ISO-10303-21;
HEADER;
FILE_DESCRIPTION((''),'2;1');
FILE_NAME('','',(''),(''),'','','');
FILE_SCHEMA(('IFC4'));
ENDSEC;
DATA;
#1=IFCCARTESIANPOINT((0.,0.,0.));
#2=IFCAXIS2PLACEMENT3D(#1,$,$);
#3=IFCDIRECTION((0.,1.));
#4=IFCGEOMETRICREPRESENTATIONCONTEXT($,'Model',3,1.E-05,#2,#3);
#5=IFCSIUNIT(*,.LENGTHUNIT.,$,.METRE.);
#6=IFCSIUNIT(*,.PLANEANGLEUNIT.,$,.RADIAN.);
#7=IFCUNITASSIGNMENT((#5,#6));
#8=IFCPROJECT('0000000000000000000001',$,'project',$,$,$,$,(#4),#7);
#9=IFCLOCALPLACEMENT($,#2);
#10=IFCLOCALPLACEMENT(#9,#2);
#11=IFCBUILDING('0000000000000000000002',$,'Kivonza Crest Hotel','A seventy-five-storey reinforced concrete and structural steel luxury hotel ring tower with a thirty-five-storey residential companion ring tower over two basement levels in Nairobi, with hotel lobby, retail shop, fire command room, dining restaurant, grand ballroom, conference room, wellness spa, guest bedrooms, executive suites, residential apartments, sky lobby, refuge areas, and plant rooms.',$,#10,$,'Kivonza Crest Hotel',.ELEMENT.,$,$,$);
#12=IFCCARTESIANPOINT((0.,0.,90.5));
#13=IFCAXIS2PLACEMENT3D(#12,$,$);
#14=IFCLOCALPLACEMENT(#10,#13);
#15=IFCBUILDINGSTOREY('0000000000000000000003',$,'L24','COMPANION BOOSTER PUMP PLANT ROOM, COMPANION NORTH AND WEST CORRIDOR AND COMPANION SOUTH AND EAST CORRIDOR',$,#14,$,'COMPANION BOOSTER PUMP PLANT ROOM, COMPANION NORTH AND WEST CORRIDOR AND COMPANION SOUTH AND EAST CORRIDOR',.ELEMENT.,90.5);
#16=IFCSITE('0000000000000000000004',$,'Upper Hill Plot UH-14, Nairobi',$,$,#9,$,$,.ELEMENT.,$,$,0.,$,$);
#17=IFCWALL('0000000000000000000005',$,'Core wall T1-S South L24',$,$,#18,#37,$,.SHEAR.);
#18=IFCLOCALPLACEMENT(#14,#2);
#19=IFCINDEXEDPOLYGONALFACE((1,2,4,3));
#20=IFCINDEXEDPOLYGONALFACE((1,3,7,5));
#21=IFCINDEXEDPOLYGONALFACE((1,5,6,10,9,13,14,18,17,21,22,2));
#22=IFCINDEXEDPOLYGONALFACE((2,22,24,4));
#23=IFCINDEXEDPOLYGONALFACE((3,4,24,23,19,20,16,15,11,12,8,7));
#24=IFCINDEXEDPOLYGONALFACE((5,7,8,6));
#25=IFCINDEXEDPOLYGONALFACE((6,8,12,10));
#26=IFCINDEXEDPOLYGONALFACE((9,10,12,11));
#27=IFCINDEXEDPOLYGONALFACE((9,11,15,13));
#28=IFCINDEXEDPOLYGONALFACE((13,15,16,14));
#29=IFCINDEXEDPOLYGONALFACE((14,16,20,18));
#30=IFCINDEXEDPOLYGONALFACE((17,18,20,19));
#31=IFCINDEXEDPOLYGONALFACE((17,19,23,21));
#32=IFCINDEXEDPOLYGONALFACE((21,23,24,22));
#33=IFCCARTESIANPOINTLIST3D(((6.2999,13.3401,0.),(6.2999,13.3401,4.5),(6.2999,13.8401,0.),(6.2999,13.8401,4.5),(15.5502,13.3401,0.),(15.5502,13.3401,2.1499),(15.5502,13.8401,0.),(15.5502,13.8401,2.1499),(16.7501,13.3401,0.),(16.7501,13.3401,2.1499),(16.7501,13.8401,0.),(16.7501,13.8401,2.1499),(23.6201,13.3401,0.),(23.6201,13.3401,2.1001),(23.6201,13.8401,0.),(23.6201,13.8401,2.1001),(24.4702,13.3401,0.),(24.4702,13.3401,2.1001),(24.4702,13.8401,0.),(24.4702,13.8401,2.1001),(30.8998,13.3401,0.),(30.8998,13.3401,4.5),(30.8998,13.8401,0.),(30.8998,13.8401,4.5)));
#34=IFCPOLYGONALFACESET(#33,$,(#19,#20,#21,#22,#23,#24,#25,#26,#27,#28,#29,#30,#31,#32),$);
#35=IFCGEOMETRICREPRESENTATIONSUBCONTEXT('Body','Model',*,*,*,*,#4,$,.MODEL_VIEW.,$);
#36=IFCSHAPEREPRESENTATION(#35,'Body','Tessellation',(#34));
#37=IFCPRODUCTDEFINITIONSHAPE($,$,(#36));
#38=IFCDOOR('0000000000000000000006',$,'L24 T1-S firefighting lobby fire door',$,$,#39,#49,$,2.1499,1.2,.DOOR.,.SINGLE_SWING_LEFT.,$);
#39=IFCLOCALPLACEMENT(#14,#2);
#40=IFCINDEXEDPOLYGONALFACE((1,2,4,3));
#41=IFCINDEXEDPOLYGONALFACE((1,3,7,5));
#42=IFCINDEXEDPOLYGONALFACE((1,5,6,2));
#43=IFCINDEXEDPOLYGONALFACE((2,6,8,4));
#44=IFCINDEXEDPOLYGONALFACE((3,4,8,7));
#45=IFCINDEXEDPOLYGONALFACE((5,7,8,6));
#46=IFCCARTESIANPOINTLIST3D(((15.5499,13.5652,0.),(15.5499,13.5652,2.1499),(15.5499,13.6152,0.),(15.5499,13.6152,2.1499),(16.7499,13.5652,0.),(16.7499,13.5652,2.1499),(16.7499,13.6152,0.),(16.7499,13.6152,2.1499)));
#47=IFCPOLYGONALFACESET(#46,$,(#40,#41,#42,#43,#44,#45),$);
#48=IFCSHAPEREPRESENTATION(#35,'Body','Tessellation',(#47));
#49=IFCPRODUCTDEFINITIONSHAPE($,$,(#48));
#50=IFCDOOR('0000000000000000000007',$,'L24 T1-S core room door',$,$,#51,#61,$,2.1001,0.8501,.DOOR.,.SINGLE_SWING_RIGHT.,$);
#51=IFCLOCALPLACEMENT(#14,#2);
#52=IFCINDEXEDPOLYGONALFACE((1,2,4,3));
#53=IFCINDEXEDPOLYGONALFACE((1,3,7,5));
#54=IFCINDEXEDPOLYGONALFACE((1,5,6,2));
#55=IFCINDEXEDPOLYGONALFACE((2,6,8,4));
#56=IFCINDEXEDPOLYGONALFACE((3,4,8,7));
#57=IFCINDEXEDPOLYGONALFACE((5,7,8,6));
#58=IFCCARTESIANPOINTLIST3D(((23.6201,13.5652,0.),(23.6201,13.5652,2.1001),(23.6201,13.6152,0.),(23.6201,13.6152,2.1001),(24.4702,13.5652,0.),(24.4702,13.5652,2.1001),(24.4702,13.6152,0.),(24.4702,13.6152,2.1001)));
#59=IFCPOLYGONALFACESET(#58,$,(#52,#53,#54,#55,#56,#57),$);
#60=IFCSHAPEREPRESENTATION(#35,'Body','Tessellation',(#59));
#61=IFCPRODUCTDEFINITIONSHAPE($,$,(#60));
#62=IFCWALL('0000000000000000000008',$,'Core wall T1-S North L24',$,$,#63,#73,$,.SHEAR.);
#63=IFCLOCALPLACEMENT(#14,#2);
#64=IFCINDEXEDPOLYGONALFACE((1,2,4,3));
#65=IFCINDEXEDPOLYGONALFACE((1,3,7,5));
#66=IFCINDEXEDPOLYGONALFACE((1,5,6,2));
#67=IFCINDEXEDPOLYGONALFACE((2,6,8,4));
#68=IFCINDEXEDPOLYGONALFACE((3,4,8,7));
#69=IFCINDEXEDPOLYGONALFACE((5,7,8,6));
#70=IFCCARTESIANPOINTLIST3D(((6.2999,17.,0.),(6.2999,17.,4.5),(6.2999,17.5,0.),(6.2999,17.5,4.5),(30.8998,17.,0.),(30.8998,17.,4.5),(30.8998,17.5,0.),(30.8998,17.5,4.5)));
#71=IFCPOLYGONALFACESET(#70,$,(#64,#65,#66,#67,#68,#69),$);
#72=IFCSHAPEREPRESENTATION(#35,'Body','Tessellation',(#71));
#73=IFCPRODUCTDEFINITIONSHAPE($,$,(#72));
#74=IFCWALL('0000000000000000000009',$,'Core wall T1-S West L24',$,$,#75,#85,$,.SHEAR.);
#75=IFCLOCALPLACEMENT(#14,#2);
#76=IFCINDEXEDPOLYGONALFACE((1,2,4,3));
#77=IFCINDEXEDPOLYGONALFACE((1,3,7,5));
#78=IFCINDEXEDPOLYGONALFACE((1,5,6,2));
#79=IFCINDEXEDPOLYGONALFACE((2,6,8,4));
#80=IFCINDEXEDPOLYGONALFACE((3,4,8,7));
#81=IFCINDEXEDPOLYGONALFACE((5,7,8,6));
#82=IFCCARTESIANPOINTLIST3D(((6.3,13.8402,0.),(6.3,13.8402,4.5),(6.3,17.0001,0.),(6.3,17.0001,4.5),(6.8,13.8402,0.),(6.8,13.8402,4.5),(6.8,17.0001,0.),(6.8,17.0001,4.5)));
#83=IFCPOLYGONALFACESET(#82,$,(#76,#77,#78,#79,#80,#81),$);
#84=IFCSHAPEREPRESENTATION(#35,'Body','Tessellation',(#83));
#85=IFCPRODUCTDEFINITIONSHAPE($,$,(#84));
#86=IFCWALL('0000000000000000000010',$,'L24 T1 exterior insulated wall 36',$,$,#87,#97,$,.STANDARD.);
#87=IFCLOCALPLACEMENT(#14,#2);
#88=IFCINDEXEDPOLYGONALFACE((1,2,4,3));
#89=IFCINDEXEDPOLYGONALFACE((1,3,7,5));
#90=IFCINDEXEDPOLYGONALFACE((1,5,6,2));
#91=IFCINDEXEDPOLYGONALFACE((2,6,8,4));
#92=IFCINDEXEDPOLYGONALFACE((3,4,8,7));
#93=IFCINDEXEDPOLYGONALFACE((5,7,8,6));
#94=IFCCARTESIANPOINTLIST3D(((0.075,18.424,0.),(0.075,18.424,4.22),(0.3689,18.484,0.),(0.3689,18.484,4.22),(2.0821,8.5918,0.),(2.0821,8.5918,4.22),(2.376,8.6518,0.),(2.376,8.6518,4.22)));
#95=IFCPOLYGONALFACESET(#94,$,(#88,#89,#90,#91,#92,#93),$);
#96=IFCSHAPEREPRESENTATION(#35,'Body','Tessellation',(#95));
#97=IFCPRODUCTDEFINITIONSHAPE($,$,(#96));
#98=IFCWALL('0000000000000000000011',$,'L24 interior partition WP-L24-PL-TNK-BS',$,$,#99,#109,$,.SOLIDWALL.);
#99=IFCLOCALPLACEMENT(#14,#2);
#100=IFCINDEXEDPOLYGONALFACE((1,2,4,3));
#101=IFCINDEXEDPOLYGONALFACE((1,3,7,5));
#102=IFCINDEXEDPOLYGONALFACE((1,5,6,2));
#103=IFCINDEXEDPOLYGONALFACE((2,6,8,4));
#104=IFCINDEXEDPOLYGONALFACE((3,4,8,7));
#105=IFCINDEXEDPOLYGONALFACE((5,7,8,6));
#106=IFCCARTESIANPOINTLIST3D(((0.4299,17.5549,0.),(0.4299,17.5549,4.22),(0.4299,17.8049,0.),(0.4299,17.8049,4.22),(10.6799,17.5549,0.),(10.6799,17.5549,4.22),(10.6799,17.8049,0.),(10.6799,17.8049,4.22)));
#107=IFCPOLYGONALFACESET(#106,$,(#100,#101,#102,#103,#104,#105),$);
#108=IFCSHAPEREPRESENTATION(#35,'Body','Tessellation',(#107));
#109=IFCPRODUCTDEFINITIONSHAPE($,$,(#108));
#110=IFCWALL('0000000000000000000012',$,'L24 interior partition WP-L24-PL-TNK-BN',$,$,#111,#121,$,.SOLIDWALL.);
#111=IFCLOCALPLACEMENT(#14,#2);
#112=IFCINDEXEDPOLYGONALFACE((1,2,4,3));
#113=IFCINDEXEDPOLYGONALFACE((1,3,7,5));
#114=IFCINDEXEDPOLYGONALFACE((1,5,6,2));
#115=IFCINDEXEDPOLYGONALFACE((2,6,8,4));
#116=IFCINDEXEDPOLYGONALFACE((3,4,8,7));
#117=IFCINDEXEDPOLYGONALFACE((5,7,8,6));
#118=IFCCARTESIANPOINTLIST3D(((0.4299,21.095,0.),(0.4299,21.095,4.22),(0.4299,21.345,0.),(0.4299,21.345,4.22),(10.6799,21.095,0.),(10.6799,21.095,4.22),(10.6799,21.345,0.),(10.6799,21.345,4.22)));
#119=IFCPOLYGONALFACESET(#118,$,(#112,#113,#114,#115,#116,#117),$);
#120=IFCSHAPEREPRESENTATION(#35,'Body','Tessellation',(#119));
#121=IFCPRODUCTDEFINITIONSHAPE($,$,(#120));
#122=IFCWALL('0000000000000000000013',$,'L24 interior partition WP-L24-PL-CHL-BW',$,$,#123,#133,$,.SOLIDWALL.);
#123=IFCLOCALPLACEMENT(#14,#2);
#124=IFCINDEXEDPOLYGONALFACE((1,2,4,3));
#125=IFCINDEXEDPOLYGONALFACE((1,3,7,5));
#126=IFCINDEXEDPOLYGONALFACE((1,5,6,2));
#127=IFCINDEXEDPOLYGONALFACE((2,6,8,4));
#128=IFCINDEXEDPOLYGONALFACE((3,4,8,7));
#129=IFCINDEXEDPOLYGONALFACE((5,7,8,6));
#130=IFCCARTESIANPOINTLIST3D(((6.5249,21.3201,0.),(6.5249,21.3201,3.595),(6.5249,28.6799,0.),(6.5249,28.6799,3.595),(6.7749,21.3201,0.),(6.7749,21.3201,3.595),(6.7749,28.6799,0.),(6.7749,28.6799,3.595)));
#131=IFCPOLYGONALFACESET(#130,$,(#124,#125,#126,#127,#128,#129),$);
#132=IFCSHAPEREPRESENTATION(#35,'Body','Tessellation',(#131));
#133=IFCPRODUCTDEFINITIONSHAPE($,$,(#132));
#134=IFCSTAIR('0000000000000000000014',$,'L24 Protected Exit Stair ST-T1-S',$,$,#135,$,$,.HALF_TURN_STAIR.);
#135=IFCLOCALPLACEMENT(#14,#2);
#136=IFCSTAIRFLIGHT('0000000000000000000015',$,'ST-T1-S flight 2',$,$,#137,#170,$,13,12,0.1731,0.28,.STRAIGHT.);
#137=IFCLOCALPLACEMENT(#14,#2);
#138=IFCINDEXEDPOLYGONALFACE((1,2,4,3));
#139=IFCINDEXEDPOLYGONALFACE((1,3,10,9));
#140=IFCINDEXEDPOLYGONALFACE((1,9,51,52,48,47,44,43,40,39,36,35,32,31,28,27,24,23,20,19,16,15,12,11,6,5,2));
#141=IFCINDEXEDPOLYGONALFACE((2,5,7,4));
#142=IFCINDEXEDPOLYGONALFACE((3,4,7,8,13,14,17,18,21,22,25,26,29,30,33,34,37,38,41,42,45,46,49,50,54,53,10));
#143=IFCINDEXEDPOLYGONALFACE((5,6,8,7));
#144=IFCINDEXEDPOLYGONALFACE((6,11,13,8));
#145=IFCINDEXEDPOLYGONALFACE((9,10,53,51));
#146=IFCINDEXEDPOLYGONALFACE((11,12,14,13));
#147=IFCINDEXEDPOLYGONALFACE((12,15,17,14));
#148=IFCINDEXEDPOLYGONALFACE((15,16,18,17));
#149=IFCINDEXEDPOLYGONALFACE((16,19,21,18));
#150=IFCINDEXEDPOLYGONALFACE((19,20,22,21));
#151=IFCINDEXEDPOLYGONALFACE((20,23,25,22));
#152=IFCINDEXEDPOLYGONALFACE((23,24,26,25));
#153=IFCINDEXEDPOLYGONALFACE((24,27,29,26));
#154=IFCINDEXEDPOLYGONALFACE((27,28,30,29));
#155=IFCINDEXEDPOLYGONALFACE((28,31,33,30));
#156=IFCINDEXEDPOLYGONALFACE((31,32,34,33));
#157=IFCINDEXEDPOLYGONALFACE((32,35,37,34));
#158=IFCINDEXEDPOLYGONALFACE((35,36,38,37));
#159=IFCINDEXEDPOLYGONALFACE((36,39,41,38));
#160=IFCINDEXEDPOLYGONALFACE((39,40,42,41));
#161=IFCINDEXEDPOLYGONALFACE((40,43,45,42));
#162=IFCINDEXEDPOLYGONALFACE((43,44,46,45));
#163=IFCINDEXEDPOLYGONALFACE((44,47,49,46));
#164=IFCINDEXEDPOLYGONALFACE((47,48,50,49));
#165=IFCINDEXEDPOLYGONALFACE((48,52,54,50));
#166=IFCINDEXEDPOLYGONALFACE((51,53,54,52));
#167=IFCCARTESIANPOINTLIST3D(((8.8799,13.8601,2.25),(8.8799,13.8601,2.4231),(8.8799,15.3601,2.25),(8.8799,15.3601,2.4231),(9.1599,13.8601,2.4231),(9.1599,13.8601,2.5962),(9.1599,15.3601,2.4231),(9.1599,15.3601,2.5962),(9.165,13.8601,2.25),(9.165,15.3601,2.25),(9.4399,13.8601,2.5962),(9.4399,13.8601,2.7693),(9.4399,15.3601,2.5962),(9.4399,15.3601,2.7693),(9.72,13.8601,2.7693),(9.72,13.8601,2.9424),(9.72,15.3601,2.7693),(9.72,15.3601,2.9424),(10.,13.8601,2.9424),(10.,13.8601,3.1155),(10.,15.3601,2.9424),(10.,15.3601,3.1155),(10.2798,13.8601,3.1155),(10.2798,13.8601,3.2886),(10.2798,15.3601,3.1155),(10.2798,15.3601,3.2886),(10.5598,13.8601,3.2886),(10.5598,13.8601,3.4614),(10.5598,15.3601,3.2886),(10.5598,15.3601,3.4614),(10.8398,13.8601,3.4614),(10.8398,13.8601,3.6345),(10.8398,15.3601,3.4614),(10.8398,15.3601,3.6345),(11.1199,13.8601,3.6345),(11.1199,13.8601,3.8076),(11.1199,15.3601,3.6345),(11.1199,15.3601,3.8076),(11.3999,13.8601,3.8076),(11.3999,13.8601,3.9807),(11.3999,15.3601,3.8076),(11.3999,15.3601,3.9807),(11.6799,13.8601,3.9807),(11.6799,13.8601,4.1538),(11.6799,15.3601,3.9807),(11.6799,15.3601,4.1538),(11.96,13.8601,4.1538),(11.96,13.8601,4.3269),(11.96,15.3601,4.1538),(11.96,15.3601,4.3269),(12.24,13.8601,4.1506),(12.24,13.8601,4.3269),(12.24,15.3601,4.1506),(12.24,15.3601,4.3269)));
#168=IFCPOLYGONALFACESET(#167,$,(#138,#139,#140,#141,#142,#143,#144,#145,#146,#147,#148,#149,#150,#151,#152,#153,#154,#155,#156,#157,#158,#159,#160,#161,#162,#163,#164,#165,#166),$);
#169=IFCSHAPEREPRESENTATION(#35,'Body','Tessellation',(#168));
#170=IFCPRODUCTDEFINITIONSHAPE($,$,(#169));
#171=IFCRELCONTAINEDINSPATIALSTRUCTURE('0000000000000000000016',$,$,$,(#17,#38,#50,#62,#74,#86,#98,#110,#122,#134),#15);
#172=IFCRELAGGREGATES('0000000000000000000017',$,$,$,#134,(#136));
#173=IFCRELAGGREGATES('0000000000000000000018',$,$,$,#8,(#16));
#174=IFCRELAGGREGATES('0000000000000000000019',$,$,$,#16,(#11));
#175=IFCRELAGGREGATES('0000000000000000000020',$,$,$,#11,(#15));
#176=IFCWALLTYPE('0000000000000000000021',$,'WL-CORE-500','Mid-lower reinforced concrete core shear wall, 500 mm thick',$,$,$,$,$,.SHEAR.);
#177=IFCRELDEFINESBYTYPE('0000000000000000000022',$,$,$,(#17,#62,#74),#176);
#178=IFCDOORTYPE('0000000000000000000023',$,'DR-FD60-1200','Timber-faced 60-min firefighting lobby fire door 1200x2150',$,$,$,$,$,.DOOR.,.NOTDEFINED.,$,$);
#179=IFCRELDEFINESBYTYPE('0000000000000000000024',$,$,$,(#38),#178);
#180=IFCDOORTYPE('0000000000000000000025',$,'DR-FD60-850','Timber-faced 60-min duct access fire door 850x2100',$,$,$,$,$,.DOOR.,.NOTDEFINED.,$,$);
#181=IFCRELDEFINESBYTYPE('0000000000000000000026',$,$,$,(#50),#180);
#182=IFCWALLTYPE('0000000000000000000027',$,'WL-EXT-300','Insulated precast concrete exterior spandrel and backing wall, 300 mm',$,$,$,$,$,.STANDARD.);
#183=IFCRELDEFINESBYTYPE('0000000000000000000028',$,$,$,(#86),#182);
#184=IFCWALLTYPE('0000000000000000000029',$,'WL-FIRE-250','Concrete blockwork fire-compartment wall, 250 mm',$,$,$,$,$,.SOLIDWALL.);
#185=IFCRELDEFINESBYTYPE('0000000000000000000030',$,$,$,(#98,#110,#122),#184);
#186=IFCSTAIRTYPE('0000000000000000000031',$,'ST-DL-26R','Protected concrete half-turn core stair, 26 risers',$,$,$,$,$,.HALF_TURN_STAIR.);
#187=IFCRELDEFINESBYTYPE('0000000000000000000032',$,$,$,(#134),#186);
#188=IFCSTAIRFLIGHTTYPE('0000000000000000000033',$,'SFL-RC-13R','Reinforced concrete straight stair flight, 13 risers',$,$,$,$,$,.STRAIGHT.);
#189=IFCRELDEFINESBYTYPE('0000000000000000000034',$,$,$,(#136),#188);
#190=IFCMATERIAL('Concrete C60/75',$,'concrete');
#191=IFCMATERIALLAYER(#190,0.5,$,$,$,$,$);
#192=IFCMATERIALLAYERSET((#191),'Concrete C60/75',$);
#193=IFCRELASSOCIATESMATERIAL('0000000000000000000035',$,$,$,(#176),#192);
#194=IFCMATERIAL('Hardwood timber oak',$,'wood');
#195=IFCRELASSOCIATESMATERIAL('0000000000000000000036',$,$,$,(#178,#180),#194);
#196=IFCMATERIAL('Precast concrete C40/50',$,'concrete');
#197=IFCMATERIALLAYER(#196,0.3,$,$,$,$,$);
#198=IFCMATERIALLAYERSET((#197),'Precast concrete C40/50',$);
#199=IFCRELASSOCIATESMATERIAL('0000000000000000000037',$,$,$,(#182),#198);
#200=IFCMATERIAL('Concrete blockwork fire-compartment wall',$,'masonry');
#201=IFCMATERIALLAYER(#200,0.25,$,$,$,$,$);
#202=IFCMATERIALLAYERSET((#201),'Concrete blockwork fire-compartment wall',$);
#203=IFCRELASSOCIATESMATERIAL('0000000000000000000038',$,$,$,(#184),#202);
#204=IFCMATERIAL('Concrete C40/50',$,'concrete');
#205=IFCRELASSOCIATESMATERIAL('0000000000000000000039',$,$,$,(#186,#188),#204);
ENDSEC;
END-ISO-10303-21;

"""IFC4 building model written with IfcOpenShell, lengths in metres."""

from ifc_helpers import new_model, si_unit, direction, frame, frame_2d, origin, place, context, subcontext, project, spatial, polyline, rectangle, outline, extrude, material, layer, layer_set, type_object, element, fill, aggregate, save


model = new_model("IFC4")

# Units and contexts
model_context = context("Model", 3, precision=1e-05, world=origin(), true_north=direction((0.0, 1.0)))
body_context = subcontext(model_context, "Body", "Model", "MODEL_VIEW")
ifc_project = project(units=[si_unit("LENGTHUNIT", "METRE"), si_unit("PLANEANGLEUNIT", "RADIAN")], contexts=[model_context])

# Site, building, storey
site_placement = place(None, origin())
site = spatial("IfcSite", under=ifc_project, at=site_placement, Name="Upper Hill Plot UH-14, Nairobi", CompositionType="ELEMENT", RefElevation=0.0)
building_placement = place(site_placement, origin())
building = spatial("IfcBuilding", under=site, at=building_placement, Name="Kivonza Crest Hotel", Description="A seventy-five-storey reinforced concrete and structural steel luxury hotel ring tower with a thirty-five-storey residential companion ring tower over two basement levels in Nairobi, with hotel lobby, retail shop, fire command room, dining restaurant, grand ballroom, conference room, wellness spa, guest bedrooms, executive suites, residential apartments, sky lobby, refuge areas, and plant rooms.", LongName="Kivonza Crest Hotel", CompositionType="ELEMENT")
storey_placement = place(building_placement, frame((0.0, 0.0, 90.5)))
storey = spatial("IfcBuildingStorey", under=building, at=storey_placement, Name="L24", Description="COMPANION BOOSTER PUMP PLANT ROOM, COMPANION NORTH AND WEST CORRIDOR AND COMPANION SOUTH AND EAST CORRIDOR", LongName="COMPANION BOOSTER PUMP PLANT ROOM, COMPANION NORTH AND WEST CORRIDOR AND COMPANION SOUTH AND EAST CORRIDOR", CompositionType="ELEMENT", Elevation=90.5)

# Wall, openings, doors
ifc_material_1 = material(Name="Concrete C60/75", Category="concrete")
ifc_layer_1 = layer(ifc_material_1, 0.5)
ifc_layer_set_1 = layer_set([ifc_layer_1], Name="Concrete C60/75")
wall_type_1 = type_object("IfcWallType", Name="WL-CORE-500", Description="Mid-lower reinforced concrete core shear wall, 500 mm thick", PredefinedType="SHEAR", material=ifc_layer_set_1)
wall_1_placement = place(storey_placement, frame((6.3, 13.5901, 0.0), z_axis=(0.0, 0.0, 1.0), x_axis=(1.0, 0.0, 0.0)))
wall_1 = element("IfcWall", 1, at=wall_1_placement, inside=storey, type_object=wall_type_1, Name="Core wall T1-S South L24", PredefinedType="SHEAR", context=body_context, shape_type="SweptSolid", body=[
    extrude(rectangle(XDim=24.5999, YDim=0.5, at=frame_2d((12.2998, 0.0))), origin(), (0.0, 0.0, 1.0), 4.5),
])
opening_1_placement = place(wall_1_placement, frame((9.25, 0.0, 0.0)))
opening_1 = element("IfcOpeningElement", 2, at=opening_1_placement, cuts=wall_1, PredefinedType="OPENING", context=body_context, shape_type="SweptSolid", body=[
    extrude(rectangle(XDim=1.2, YDim=2.1499, at=frame_2d((0.6001, 1.075))), frame((0.0, 0.26, 0.0), z_axis=(0.0, -1.0, 0.0), x_axis=(1.0, 0.0, 0.0)), (0.0, 0.0, 1.0), 0.52),
])
opening_2_placement = place(wall_1_placement, frame((17.3201, 0.0, 0.0)))
opening_2 = element("IfcOpeningElement", 3, at=opening_2_placement, cuts=wall_1, PredefinedType="OPENING", context=body_context, shape_type="SweptSolid", body=[
    extrude(rectangle(XDim=0.8501, YDim=2.1001, at=frame_2d((0.425, 1.05))), frame((0.0, 0.26, 0.0), z_axis=(0.0, -1.0, 0.0), x_axis=(1.0, 0.0, 0.0)), (0.0, 0.0, 1.0), 0.52),
])
ifc_material_2 = material(Name="Hardwood timber oak", Category="wood")
door_type_1 = type_object("IfcDoorType", Name="DR-FD60-1200", Description="Timber-faced 60-min firefighting lobby fire door 1200x2150", OperationType="NOTDEFINED", PredefinedType="DOOR", material=ifc_material_2)
door_1_placement = place(opening_1_placement, frame((1.2, 0.0, 0.0), z_axis=(0.0, 0.0, 1.0), x_axis=(-1.0, 0.0, 0.0)))
door_1 = element("IfcDoor", 4, at=door_1_placement, inside=storey, type_object=door_type_1, Name="L24 T1-S firefighting lobby fire door", OperationType="SINGLE_SWING_LEFT", OverallHeight=2.1499, OverallWidth=1.2, PredefinedType="DOOR", context=body_context, shape_type="SweptSolid", body=[
    extrude(rectangle(XDim=1.2, YDim=2.1499, at=frame_2d((0.6001, 1.075))), frame((0.0, 0.0249, 0.0), z_axis=(0.0, -1.0, 0.0), x_axis=(1.0, 0.0, 0.0)), (0.0, 0.0, 1.0), 0.05),
])
fill(opening_1, door_1)
door_type_2 = type_object("IfcDoorType", Name="DR-FD60-850", Description="Timber-faced 60-min duct access fire door 850x2100", OperationType="NOTDEFINED", PredefinedType="DOOR", material=ifc_material_2)
door_2_placement = place(opening_2_placement, frame((0.8501, 0.0, 0.0), z_axis=(0.0, 0.0, 1.0), x_axis=(-1.0, 0.0, 0.0)))
door_2 = element("IfcDoor", 5, at=door_2_placement, inside=storey, type_object=door_type_2, Name="L24 T1-S core room door", OperationType="SINGLE_SWING_RIGHT", OverallHeight=2.1001, OverallWidth=0.8501, PredefinedType="DOOR", context=body_context, shape_type="SweptSolid", body=[
    extrude(rectangle(XDim=0.8501, YDim=2.1001, at=frame_2d((0.425, 1.05))), frame((0.0, 0.0249, 0.0), z_axis=(0.0, -1.0, 0.0), x_axis=(1.0, 0.0, 0.0)), (0.0, 0.0, 1.0), 0.05),
])
fill(opening_2, door_2)

# Walls
wall_2_placement = place(storey_placement, frame((6.3, 17.25, 0.0), z_axis=(0.0, 0.0, 1.0), x_axis=(1.0, 0.0, 0.0)))
element("IfcWall", 6, at=wall_2_placement, inside=storey, type_object=wall_type_1, Name="Core wall T1-S North L24", PredefinedType="SHEAR", context=body_context, shape_type="SweptSolid", body=[
    extrude(rectangle(XDim=24.5999, YDim=0.5, at=frame_2d((12.2998, 0.0))), origin(), (0.0, 0.0, 1.0), 4.5),
])
wall_3_placement = place(storey_placement, frame((6.55, 13.8401, 0.0), z_axis=(0.0, 0.0, 1.0), x_axis=(0.0, 1.0, 0.0)))
element("IfcWall", 7, at=wall_3_placement, inside=storey, type_object=wall_type_1, Name="Core wall T1-S West L24", PredefinedType="SHEAR", context=body_context, shape_type="SweptSolid", body=[
    extrude(rectangle(XDim=3.1599, YDim=0.5, at=frame_2d((1.5801, 0.0))), origin(), (0.0, 0.0, 1.0), 4.5),
])
ifc_material_3 = material(Name="Precast concrete C40/50", Category="concrete")
ifc_layer_2 = layer(ifc_material_3, 0.3)
ifc_layer_set_2 = layer_set([ifc_layer_2], Name="Precast concrete C40/50")
wall_type_2 = type_object("IfcWallType", Name="WL-EXT-300", Description="Insulated precast concrete exterior spandrel and backing wall, 300 mm", PredefinedType="STANDARD", material=ifc_layer_set_2)
wall_4_placement = place(storey_placement, frame((0.2219, 18.4541, 0.0), z_axis=(0.0, 0.0, 1.0), x_axis=(0.200012, -0.979793, 0.0)))
element("IfcWall", 8, at=wall_4_placement, inside=storey, type_object=wall_type_2, Name="L24 T1 exterior insulated wall 36", PredefinedType="STANDARD", context=body_context, shape_type="SweptSolid", body=[
    extrude(rectangle(XDim=10.0349, YDim=0.3, at=frame_2d((5.0176, 0.0))), origin(), (0.0, 0.0, 1.0), 4.22),
])
ifc_material_4 = material(Name="Concrete blockwork fire-compartment wall", Category="masonry")
ifc_layer_3 = layer(ifc_material_4, 0.25)
ifc_layer_set_3 = layer_set([ifc_layer_3], Name="Concrete blockwork fire-compartment wall")
wall_type_3 = type_object("IfcWallType", Name="WL-FIRE-250", Description="Concrete blockwork fire-compartment wall, 250 mm", PredefinedType="SOLIDWALL", material=ifc_layer_set_3)
for number, where, z_axis, x_axis, name in (
    (9, (0.4299, 17.6799, 0.0), (0.0, 0.0, 1.0), (1.0, 0.0, 0.0), "L24 interior partition WP-L24-PL-TNK-BS"),
    (10, (0.4299, 21.22, 0.0), (0.0, 0.0, 1.0), (1.0, 0.0, 0.0), "L24 interior partition WP-L24-PL-TNK-BN"),
):
    element("IfcWall", number, at=place(storey_placement, frame(where, z_axis=z_axis, x_axis=x_axis)), inside=storey, type_object=wall_type_3, Name=name, PredefinedType="SOLIDWALL", context=body_context, shape_type="SweptSolid", body=[
        extrude(rectangle(XDim=10.25, YDim=0.25, at=frame_2d((5.125, 0.0))), origin(), (0.0, 0.0, 1.0), 4.22),
    ])
wall_5_placement = place(storey_placement, frame((6.6499, 21.3201, 0.0), z_axis=(0.0, 0.0, 1.0), x_axis=(0.0, 1.0, 0.0)))
element("IfcWall", 11, at=wall_5_placement, inside=storey, type_object=wall_type_3, Name="L24 interior partition WP-L24-PL-CHL-BW", PredefinedType="SOLIDWALL", context=body_context, shape_type="SweptSolid", body=[
    extrude(rectangle(XDim=7.3599, YDim=0.25, at=frame_2d((3.6799, 0.0))), origin(), (0.0, 0.0, 1.0), 3.595),
])

# Stair, stair flight
ifc_material_5 = material(Name="Concrete C40/50", Category="concrete")
stair_type = type_object("IfcStairType", Name="ST-DL-26R", Description="Protected concrete half-turn core stair, 26 risers", PredefinedType="HALF_TURN_STAIR", material=ifc_material_5)
stair_placement = place(storey_placement, origin())
stair = element("IfcStair", 12, at=stair_placement, inside=storey, type_object=stair_type, Name="L24 Protected Exit Stair ST-T1-S", PredefinedType="HALF_TURN_STAIR")
stair_flight_type = type_object("IfcStairFlightType", Name="SFL-RC-13R", Description="Reinforced concrete straight stair flight, 13 risers", PredefinedType="STRAIGHT", material=ifc_material_5)
stair_flight_placement = place(storey_placement, frame((8.8799, 14.6101, 2.25), z_axis=(0.0, 0.0, 1.0), x_axis=(1.0, 0.0, 0.0)))
stair_flight = element("IfcStairFlight", 13, at=stair_flight_placement, type_object=stair_flight_type, Name="ST-T1-S flight 2", NumberOfRisers=13, NumberOfTreads=12, PredefinedType="STRAIGHT", RiserHeight=0.1731, TreadLength=0.28, context=body_context, shape_type="SweptSolid", body=[
    extrude(outline(polyline([(0.0, 0.0), (0.0, 0.1731), (0.28, 0.1731), (0.28, 0.3462), (0.5601, 0.3462), (0.5601, 0.5193), (0.8401, 0.5193), (0.8401, 0.6924), (1.1201, 0.6924), (1.1201, 0.8655), (1.3999, 0.8655), (1.3999, 1.0386), (1.6799, 1.0386), (1.6799, 1.2114), (1.96, 1.2114), (1.96, 1.3845), (2.24, 1.3845), (2.24, 1.5576), (2.52, 1.5576), (2.52, 1.7307), (2.8, 1.7307), (2.8, 1.9038), (3.0801, 1.9038), (3.0801, 2.0769), (3.3601, 2.0769), (3.3601, 2.25), (3.3601, 1.9006), (0.2852, 0.0), (0.0, 0.0)])), frame((0.0, 0.75, 0.0), z_axis=(0.0, -1.0, 0.0), x_axis=(1.0, 0.0, 0.0)), (0.0, 0.0, 1.0), 1.5),
])
aggregate(stair, [stair_flight])

save(model, "model.ifc")
